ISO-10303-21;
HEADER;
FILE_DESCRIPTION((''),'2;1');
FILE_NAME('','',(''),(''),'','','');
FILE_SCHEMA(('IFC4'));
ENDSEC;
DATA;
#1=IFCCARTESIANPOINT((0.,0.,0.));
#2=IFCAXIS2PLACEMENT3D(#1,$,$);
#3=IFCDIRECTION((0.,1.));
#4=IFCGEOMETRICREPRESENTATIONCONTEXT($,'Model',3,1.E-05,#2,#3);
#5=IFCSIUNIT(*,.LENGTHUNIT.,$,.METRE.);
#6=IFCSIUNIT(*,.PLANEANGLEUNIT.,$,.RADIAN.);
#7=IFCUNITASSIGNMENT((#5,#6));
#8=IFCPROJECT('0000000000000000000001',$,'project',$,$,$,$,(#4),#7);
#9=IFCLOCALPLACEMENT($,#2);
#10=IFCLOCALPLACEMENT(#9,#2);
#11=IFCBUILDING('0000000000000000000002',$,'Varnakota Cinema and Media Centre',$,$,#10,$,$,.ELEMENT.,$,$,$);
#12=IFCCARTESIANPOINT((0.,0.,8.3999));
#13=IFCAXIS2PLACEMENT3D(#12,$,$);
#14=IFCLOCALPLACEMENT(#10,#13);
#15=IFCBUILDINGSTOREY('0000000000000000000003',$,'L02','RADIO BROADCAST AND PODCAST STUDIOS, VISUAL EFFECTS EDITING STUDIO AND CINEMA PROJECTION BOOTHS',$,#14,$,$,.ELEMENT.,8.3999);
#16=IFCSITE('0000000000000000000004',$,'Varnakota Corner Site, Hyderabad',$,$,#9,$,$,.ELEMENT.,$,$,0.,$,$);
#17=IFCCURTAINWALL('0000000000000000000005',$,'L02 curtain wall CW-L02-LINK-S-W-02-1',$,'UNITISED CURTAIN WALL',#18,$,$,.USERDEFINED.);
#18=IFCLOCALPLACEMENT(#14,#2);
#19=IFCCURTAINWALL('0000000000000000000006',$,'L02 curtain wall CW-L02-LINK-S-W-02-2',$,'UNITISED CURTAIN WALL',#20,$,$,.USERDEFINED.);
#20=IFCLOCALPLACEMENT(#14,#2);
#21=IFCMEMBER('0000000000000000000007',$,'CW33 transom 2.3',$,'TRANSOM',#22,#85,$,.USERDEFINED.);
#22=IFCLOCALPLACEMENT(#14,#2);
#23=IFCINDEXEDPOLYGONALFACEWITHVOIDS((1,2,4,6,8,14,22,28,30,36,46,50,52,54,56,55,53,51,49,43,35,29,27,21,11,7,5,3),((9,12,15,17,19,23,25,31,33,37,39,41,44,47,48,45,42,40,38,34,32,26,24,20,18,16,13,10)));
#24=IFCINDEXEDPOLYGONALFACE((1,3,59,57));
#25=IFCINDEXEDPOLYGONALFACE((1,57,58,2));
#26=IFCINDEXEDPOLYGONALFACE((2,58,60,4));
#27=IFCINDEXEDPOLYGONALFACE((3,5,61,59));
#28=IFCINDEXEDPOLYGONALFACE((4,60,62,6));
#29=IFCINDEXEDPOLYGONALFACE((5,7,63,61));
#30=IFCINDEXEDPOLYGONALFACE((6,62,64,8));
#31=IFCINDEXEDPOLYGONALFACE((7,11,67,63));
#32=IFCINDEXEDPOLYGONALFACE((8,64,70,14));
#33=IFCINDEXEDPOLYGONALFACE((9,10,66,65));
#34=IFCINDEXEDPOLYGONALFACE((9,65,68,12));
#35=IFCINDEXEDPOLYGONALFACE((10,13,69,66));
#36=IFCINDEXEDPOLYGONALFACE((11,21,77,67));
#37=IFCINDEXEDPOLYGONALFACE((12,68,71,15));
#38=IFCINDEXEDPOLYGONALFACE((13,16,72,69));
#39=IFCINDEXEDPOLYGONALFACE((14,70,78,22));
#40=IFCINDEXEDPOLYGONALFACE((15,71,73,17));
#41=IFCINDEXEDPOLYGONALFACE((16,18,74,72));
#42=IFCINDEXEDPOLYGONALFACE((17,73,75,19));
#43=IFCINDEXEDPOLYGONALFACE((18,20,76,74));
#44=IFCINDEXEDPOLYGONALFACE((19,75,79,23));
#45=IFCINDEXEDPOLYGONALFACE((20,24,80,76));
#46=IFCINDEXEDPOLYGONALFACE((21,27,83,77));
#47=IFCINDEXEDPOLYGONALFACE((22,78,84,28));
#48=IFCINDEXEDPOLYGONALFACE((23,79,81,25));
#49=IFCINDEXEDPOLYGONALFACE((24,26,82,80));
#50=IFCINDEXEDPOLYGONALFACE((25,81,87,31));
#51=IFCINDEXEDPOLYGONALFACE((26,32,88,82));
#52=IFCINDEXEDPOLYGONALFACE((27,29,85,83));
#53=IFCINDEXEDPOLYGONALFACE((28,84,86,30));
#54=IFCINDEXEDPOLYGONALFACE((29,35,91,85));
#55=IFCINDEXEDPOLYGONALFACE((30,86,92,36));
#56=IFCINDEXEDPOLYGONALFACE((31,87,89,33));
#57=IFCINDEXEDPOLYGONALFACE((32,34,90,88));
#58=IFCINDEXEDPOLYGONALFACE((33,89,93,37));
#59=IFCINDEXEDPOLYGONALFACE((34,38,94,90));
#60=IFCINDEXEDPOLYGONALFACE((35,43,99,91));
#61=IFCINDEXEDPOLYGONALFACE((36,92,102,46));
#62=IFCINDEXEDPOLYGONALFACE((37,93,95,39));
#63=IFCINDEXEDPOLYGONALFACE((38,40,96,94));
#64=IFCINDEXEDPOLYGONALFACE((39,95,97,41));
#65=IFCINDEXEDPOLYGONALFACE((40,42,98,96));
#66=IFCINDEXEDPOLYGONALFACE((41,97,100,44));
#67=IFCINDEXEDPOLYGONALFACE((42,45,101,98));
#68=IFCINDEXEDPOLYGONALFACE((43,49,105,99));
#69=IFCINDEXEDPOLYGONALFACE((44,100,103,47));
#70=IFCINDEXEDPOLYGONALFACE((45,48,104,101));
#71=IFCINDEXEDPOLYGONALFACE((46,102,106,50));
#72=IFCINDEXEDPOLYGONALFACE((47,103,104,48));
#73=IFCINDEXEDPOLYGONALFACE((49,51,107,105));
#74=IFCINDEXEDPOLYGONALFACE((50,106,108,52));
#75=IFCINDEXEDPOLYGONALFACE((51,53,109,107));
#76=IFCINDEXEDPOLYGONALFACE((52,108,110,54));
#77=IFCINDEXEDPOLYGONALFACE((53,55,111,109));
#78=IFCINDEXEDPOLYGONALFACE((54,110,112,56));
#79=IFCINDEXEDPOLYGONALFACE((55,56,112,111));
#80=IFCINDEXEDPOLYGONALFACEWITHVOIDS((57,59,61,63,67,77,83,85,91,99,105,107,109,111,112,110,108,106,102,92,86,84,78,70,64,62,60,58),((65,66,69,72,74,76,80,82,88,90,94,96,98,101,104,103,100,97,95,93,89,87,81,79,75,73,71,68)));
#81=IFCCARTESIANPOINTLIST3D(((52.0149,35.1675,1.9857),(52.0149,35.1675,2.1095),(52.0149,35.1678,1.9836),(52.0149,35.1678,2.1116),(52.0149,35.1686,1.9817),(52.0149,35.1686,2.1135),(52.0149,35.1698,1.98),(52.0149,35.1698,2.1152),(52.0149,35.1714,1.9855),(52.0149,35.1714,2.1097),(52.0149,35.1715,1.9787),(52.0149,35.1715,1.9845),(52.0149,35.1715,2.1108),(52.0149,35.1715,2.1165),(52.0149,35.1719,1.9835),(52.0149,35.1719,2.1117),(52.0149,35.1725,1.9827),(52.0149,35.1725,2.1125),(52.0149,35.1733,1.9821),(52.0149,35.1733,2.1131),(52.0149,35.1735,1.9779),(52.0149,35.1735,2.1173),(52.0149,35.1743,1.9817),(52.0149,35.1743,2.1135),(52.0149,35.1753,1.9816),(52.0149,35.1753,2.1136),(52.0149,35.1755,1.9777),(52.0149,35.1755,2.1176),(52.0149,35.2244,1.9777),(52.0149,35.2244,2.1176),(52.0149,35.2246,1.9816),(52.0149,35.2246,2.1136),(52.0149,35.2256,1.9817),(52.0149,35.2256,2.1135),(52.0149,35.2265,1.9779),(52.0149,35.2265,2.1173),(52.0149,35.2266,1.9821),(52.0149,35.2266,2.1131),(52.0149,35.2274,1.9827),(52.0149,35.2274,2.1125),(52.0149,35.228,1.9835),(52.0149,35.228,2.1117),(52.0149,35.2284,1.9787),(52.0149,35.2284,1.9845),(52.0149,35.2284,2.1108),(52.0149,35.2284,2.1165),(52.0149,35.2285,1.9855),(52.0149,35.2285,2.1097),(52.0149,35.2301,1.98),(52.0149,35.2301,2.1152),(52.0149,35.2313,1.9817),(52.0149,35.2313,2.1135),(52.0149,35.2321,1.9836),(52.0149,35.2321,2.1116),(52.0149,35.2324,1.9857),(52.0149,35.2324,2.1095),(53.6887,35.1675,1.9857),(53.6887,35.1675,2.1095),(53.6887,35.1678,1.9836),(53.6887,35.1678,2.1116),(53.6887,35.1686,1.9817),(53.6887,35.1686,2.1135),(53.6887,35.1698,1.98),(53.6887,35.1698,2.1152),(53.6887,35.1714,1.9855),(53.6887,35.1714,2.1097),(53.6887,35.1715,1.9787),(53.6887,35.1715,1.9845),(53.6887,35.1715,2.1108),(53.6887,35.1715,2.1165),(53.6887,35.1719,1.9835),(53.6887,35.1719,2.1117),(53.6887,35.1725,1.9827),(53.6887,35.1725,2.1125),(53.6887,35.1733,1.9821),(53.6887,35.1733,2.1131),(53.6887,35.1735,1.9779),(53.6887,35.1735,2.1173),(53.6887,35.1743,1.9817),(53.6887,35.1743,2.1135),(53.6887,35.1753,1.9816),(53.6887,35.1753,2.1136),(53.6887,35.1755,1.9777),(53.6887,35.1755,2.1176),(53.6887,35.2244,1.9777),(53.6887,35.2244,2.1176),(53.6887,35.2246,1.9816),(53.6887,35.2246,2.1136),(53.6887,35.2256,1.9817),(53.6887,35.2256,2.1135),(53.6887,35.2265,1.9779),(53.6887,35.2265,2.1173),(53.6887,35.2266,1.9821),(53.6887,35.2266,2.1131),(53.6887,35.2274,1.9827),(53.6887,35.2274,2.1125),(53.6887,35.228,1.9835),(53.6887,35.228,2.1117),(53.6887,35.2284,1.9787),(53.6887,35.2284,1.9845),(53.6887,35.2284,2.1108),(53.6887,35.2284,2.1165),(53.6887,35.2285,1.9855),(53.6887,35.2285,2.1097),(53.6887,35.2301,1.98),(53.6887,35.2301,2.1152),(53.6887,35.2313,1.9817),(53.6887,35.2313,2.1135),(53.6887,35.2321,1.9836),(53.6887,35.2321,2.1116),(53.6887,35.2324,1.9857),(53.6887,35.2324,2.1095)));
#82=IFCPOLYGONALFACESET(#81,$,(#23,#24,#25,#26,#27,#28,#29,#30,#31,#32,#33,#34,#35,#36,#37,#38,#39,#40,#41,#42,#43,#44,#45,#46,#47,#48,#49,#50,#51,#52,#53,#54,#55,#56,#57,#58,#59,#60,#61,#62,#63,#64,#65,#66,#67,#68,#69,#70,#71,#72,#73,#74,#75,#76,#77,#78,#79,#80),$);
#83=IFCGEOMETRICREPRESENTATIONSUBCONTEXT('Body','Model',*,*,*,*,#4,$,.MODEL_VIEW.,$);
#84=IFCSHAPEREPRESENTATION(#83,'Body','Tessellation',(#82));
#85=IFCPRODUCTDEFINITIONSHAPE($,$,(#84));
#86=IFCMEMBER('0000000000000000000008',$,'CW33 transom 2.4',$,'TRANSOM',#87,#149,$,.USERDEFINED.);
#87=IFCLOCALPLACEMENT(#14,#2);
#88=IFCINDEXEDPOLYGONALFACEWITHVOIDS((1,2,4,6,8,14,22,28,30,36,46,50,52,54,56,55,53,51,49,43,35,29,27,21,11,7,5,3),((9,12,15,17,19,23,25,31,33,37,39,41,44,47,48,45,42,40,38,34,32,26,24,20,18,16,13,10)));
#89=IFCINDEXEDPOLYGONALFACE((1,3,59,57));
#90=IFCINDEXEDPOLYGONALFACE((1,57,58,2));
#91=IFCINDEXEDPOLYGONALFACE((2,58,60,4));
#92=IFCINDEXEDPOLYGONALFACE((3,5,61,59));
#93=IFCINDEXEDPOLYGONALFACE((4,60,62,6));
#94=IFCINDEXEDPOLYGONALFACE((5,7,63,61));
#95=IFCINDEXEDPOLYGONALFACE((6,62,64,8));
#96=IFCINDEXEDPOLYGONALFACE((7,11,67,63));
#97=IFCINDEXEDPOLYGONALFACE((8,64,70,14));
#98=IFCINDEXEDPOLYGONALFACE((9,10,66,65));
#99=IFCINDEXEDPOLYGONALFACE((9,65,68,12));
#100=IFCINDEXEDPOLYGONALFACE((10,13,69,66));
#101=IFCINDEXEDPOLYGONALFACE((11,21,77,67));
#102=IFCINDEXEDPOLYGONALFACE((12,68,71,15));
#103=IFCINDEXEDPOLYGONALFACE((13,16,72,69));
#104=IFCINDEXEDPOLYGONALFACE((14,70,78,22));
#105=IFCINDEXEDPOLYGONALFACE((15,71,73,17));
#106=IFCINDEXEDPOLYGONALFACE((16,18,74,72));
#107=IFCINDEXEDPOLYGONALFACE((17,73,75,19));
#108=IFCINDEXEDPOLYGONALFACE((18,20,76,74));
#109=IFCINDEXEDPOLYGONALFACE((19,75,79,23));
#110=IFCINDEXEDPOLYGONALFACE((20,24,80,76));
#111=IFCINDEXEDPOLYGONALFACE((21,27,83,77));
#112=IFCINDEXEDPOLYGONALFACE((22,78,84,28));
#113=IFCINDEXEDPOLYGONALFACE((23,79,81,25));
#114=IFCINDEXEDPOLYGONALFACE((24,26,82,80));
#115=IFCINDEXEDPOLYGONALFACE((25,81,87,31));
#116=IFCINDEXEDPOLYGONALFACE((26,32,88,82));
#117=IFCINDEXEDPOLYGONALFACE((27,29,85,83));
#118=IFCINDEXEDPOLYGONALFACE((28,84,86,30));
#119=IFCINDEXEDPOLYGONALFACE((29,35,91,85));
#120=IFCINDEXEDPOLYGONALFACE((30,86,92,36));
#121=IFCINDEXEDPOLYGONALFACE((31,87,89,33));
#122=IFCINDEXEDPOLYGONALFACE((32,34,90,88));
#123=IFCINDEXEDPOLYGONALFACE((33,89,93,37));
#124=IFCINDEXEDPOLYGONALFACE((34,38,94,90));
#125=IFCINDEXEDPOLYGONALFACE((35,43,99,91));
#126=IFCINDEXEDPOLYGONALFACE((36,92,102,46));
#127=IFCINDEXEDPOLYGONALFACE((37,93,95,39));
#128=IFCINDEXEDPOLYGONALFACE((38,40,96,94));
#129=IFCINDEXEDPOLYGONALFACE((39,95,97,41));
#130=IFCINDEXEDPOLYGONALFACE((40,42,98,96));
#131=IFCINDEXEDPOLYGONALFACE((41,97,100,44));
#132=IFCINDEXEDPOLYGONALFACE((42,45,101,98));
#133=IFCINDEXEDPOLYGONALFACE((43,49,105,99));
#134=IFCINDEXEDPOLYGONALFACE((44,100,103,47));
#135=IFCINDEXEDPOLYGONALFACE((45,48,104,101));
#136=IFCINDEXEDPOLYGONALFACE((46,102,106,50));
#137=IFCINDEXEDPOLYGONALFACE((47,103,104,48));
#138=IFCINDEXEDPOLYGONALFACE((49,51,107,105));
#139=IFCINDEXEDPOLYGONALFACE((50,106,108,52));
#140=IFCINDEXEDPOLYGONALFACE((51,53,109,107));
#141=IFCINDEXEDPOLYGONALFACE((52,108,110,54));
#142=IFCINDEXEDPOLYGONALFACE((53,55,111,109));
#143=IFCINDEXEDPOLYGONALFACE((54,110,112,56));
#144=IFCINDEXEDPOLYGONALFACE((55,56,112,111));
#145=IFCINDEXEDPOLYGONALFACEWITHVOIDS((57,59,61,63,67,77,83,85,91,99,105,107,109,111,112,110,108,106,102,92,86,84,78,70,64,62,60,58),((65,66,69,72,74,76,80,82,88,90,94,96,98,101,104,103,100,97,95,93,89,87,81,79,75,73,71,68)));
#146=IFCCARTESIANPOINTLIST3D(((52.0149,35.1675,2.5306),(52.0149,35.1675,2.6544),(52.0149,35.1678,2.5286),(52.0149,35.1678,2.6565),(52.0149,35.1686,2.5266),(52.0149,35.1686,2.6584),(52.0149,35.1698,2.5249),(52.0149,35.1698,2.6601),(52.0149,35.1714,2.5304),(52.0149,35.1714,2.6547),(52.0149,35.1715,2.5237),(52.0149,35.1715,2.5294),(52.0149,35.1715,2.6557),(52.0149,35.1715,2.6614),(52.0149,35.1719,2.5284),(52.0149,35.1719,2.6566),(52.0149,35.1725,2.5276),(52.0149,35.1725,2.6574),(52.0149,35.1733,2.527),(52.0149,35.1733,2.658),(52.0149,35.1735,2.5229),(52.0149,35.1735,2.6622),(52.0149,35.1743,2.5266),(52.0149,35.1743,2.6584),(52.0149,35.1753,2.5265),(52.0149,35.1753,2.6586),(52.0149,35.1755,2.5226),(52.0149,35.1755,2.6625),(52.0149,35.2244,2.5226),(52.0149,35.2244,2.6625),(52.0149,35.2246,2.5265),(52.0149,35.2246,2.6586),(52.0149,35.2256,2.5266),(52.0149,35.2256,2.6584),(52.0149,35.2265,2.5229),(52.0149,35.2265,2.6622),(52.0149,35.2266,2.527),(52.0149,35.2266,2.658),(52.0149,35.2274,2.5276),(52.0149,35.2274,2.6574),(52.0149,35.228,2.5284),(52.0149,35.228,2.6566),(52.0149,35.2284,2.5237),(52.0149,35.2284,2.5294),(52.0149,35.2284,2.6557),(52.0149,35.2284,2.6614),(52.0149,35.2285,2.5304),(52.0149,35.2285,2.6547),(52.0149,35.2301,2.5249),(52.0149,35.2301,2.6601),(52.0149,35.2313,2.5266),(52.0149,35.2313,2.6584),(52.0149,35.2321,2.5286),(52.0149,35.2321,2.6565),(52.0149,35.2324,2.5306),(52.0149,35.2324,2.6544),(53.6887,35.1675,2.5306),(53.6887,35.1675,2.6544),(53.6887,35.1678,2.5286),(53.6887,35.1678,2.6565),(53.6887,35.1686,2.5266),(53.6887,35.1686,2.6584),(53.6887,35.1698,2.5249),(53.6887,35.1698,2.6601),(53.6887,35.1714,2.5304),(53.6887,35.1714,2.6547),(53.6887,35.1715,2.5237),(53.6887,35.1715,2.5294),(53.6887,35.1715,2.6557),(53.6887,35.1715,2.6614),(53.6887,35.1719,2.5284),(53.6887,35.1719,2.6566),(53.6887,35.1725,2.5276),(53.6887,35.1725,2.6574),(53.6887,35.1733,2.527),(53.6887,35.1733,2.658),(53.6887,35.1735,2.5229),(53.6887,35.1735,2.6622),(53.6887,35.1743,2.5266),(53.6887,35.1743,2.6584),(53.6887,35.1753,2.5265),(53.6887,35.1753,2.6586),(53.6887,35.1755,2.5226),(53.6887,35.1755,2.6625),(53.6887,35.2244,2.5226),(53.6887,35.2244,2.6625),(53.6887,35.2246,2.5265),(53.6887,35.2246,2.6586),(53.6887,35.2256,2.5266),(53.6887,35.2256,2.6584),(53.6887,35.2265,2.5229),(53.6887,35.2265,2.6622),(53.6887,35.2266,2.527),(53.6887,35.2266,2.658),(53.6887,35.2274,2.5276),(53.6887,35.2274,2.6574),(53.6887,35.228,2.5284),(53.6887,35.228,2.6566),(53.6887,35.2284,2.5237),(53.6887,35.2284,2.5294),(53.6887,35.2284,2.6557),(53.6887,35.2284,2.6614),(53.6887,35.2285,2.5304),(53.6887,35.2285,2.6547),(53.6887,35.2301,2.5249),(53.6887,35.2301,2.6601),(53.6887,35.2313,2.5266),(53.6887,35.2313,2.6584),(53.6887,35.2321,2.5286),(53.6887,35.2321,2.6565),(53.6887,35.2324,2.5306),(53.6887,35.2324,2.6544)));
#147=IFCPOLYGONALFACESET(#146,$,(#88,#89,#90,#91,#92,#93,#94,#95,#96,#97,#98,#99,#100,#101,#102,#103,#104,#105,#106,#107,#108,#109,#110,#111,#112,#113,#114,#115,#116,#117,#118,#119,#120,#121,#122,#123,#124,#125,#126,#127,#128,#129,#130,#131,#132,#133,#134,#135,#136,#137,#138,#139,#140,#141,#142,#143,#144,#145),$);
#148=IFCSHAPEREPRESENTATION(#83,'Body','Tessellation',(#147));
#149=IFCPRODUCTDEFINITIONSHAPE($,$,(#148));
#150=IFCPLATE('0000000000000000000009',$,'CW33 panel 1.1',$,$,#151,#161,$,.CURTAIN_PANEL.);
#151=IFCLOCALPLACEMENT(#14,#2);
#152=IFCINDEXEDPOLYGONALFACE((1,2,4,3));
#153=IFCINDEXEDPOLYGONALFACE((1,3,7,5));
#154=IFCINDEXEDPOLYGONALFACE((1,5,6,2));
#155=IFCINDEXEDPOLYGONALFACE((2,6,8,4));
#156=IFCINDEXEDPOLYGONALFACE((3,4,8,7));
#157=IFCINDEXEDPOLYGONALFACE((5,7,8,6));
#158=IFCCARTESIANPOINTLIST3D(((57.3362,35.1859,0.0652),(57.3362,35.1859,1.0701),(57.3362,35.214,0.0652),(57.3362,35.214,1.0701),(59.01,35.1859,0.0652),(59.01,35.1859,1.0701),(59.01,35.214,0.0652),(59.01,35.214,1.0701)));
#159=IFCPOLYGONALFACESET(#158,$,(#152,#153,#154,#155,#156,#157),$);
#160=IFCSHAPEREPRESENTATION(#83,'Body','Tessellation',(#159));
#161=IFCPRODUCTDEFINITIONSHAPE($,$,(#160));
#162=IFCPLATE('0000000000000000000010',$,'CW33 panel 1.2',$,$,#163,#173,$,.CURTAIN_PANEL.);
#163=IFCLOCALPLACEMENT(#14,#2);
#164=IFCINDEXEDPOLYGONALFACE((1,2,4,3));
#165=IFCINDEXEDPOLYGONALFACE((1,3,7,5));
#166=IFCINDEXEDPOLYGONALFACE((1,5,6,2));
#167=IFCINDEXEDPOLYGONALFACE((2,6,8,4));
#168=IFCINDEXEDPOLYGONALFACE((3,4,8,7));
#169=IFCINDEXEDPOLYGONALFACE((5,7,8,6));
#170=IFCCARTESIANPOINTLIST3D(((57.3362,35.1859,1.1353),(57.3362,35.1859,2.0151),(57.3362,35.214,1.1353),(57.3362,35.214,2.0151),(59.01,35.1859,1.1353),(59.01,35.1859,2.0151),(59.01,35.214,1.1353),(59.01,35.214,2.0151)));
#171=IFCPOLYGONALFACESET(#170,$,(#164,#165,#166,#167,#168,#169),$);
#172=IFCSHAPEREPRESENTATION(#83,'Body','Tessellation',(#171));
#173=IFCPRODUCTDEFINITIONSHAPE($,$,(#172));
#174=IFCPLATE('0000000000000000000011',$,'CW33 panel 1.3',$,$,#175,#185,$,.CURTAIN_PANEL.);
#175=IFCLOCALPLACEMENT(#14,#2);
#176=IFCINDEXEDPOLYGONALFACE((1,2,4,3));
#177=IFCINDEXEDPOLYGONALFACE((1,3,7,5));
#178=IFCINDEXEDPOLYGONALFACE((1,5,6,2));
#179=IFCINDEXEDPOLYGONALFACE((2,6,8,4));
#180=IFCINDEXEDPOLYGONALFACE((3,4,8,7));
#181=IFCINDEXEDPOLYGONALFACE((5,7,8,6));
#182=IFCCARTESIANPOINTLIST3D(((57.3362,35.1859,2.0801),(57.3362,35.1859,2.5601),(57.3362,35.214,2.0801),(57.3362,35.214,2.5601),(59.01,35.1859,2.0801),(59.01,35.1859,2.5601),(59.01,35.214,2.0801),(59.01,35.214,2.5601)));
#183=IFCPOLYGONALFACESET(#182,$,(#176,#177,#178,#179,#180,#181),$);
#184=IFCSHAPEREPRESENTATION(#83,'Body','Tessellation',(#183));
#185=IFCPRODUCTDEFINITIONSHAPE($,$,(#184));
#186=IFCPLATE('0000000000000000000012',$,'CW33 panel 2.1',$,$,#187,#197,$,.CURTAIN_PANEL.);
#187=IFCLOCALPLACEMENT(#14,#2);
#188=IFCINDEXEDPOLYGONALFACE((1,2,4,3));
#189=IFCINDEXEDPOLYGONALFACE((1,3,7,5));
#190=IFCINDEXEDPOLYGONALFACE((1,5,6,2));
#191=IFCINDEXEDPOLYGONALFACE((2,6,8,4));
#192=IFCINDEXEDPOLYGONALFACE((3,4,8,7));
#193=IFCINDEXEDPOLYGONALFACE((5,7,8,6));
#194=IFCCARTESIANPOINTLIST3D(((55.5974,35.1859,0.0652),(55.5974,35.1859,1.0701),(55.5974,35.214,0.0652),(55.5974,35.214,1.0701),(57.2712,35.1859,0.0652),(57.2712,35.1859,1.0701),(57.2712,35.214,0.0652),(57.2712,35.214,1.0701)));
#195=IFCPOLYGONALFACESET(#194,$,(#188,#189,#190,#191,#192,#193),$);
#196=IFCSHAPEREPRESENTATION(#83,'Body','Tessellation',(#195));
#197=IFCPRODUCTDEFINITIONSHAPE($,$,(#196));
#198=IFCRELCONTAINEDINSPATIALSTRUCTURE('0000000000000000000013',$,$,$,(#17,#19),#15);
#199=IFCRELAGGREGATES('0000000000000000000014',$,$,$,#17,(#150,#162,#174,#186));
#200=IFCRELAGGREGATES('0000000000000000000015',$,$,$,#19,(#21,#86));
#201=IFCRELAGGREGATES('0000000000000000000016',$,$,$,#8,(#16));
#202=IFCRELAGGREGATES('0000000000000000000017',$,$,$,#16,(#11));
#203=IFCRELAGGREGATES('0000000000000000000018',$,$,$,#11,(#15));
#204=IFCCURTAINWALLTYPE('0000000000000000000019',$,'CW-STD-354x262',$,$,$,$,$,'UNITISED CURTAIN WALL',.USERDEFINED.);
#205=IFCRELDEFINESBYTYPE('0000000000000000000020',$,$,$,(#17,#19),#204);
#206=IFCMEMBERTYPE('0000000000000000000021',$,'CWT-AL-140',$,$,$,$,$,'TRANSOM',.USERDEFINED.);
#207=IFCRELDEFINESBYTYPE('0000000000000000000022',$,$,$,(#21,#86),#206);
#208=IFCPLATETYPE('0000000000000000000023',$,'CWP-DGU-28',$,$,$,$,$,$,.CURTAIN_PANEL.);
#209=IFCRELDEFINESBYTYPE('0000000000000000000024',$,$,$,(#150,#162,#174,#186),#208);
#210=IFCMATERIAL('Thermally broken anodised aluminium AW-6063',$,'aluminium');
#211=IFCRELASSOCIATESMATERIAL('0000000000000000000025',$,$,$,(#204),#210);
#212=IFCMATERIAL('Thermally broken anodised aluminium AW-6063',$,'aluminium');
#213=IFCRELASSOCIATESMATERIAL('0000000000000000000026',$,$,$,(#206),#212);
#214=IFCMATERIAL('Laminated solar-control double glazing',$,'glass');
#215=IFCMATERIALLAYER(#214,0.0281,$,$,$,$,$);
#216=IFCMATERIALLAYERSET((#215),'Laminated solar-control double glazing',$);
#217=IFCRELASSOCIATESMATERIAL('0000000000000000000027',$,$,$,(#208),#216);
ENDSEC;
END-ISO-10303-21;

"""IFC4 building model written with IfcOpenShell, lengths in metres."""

from ifc_helpers import new_model, si_unit, direction, frame, origin, origin_2d, place, context, subcontext, project, spatial, rectangle, hollow_rectangle, extrude, material, layer, layer_set, material_profile, profile_set, type_object, element, aggregate, save


model = new_model("IFC4")

# Units and contexts
model_context = context("Model", 3, precision=1e-05, world=origin(), true_north=direction((0.0, 1.0)))
body_context = subcontext(model_context, "Body", "Model", "MODEL_VIEW")
ifc_project = project(units=[si_unit("LENGTHUNIT", "METRE"), si_unit("PLANEANGLEUNIT", "RADIAN")], contexts=[model_context])

# Site, building, storey
site_placement = place(None, origin())
site = spatial("IfcSite", under=ifc_project, at=site_placement, Name="Varnakota Corner Site, Hyderabad", CompositionType="ELEMENT", RefElevation=0.0)
building_placement = place(site_placement, origin())
building = spatial("IfcBuilding", under=site, at=building_placement, Name="Varnakota Cinema and Media Centre", CompositionType="ELEMENT")
storey_placement = place(building_placement, frame((0.0, 0.0, 8.3999)))
storey = spatial("IfcBuildingStorey", under=building, at=storey_placement, Name="L02", Description="RADIO BROADCAST AND PODCAST STUDIOS, VISUAL EFFECTS EDITING STUDIO AND CINEMA PROJECTION BOOTHS", CompositionType="ELEMENT", Elevation=8.3999)

# Curtain walls
ifc_material_1 = material(Name="Thermally broken anodised aluminium AW-6063", Category="aluminium")
curtain_wall_type = type_object("IfcCurtainWallType", Name="CW-STD-354x262", ElementType="UNITISED CURTAIN WALL", PredefinedType="USERDEFINED", material=ifc_material_1)
curtain_wall_1_placement = place(storey_placement, origin())
curtain_wall_1 = element("IfcCurtainWall", 1, at=curtain_wall_1_placement, inside=storey, type_object=curtain_wall_type, Name="L02 curtain wall CW-L02-LINK-S-W-02-1", ObjectType="UNITISED CURTAIN WALL", PredefinedType="USERDEFINED")
curtain_wall_2_placement = place(storey_placement, origin())
curtain_wall_2 = element("IfcCurtainWall", 2, at=curtain_wall_2_placement, inside=storey, type_object=curtain_wall_type, Name="L02 curtain wall CW-L02-LINK-S-W-02-2", ObjectType="UNITISED CURTAIN WALL", PredefinedType="USERDEFINED")

# Members
ifc_material_2 = material(Name="Thermally broken anodised aluminium AW-6063", Category="aluminium")
ifc_material_profile_1 = material_profile(ifc_material_2, hollow_rectangle(XDim=0.0649, YDim=0.1399, WallThickness=0.0039, InnerFilletRadius=0.0039, OuterFilletRadius=0.0081, at=origin_2d()), Name="AL-TRANSOM 140x65x4")
ifc_profile_set_1 = profile_set([ifc_material_profile_1], Name="Thermally broken anodised aluminium AW-6063")
member_type_1 = type_object("IfcMemberType", Name="CWT-AL-140", ElementType="TRANSOM", PredefinedType="USERDEFINED", material=ifc_profile_set_1)
member_1_placement = place(storey_placement, frame((53.6887, 35.2, 2.0476), z_axis=(-1.0, 0.0, 0.0), x_axis=(0.0, -1.0, 0.0)))
member_1 = element("IfcMember", 3, at=member_1_placement, type_object=member_type_1, Name="CW33 transom 2.3", ObjectType="TRANSOM", PredefinedType="USERDEFINED", context=body_context, shape_type="SweptSolid", body=[
    extrude(hollow_rectangle(XDim=0.0649, YDim=0.1399, WallThickness=0.0039, InnerFilletRadius=0.0039, OuterFilletRadius=0.0081, at=origin_2d()), origin(), (0.0, 0.0, 1.0), 1.6738),
])
member_2_placement = place(storey_placement, frame((53.6887, 35.2, 2.5925), z_axis=(-1.0, 0.0, 0.0), x_axis=(0.0, -1.0, 0.0)))
member_2 = element("IfcMember", 4, at=member_2_placement, type_object=member_type_1, Name="CW33 transom 2.4", ObjectType="TRANSOM", PredefinedType="USERDEFINED", context=body_context, shape_type="SweptSolid", body=[
    extrude(hollow_rectangle(XDim=0.0649, YDim=0.1399, WallThickness=0.0039, InnerFilletRadius=0.0039, OuterFilletRadius=0.0081, at=origin_2d()), origin(), (0.0, 0.0, 1.0), 1.6738),
])

# Plates
ifc_material_3 = material(Name="Laminated solar-control double glazing", Category="glass")
ifc_layer = layer(ifc_material_3, 0.0281)
ifc_layer_set = layer_set([ifc_layer], Name="Laminated solar-control double glazing")
plate_type = type_object("IfcPlateType", Name="CWP-DGU-28", PredefinedType="CURTAIN_PANEL", material=ifc_layer_set)
plate_1_placement = place(storey_placement, frame((58.1731, 35.2, 0.0652), z_axis=(0.0, 0.0, 1.0), x_axis=(-1.0, 0.0, 0.0)))
plate_1 = element("IfcPlate", 5, at=plate_1_placement, type_object=plate_type, Name="CW33 panel 1.1", PredefinedType="CURTAIN_PANEL", context=body_context, shape_type="SweptSolid", body=[
    extrude(rectangle(XDim=1.6738, YDim=0.0281, at=origin_2d()), origin(), (0.0, 0.0, 1.0), 1.0049),
])
plate_2_placement = place(storey_placement, frame((58.1731, 35.2, 1.1353), z_axis=(0.0, 0.0, 1.0), x_axis=(-1.0, 0.0, 0.0)))
plate_2 = element("IfcPlate", 6, at=plate_2_placement, type_object=plate_type, Name="CW33 panel 1.2", PredefinedType="CURTAIN_PANEL", context=body_context, shape_type="SweptSolid", body=[
    extrude(rectangle(XDim=1.6738, YDim=0.0281, at=origin_2d()), origin(), (0.0, 0.0, 1.0), 0.8799),
])
plate_3_placement = place(storey_placement, frame((58.1731, 35.2, 2.0801), z_axis=(0.0, 0.0, 1.0), x_axis=(-1.0, 0.0, 0.0)))
plate_3 = element("IfcPlate", 7, at=plate_3_placement, type_object=plate_type, Name="CW33 panel 1.3", PredefinedType="CURTAIN_PANEL", context=body_context, shape_type="SweptSolid", body=[
    extrude(rectangle(XDim=1.6738, YDim=0.0281, at=origin_2d()), origin(), (0.0, 0.0, 1.0), 0.48),
])
plate_4_placement = place(storey_placement, frame((56.4343, 35.2, 0.0652), z_axis=(0.0, 0.0, 1.0), x_axis=(-1.0, 0.0, 0.0)))
plate_4 = element("IfcPlate", 8, at=plate_4_placement, type_object=plate_type, Name="CW33 panel 2.1", PredefinedType="CURTAIN_PANEL", context=body_context, shape_type="SweptSolid", body=[
    extrude(rectangle(XDim=1.6738, YDim=0.0281, at=origin_2d()), origin(), (0.0, 0.0, 1.0), 1.0049),
])
aggregate(curtain_wall_1, [plate_1, plate_2, plate_3, plate_4])
aggregate(curtain_wall_2, [member_1, member_2])

save(model, "model.ifc")
